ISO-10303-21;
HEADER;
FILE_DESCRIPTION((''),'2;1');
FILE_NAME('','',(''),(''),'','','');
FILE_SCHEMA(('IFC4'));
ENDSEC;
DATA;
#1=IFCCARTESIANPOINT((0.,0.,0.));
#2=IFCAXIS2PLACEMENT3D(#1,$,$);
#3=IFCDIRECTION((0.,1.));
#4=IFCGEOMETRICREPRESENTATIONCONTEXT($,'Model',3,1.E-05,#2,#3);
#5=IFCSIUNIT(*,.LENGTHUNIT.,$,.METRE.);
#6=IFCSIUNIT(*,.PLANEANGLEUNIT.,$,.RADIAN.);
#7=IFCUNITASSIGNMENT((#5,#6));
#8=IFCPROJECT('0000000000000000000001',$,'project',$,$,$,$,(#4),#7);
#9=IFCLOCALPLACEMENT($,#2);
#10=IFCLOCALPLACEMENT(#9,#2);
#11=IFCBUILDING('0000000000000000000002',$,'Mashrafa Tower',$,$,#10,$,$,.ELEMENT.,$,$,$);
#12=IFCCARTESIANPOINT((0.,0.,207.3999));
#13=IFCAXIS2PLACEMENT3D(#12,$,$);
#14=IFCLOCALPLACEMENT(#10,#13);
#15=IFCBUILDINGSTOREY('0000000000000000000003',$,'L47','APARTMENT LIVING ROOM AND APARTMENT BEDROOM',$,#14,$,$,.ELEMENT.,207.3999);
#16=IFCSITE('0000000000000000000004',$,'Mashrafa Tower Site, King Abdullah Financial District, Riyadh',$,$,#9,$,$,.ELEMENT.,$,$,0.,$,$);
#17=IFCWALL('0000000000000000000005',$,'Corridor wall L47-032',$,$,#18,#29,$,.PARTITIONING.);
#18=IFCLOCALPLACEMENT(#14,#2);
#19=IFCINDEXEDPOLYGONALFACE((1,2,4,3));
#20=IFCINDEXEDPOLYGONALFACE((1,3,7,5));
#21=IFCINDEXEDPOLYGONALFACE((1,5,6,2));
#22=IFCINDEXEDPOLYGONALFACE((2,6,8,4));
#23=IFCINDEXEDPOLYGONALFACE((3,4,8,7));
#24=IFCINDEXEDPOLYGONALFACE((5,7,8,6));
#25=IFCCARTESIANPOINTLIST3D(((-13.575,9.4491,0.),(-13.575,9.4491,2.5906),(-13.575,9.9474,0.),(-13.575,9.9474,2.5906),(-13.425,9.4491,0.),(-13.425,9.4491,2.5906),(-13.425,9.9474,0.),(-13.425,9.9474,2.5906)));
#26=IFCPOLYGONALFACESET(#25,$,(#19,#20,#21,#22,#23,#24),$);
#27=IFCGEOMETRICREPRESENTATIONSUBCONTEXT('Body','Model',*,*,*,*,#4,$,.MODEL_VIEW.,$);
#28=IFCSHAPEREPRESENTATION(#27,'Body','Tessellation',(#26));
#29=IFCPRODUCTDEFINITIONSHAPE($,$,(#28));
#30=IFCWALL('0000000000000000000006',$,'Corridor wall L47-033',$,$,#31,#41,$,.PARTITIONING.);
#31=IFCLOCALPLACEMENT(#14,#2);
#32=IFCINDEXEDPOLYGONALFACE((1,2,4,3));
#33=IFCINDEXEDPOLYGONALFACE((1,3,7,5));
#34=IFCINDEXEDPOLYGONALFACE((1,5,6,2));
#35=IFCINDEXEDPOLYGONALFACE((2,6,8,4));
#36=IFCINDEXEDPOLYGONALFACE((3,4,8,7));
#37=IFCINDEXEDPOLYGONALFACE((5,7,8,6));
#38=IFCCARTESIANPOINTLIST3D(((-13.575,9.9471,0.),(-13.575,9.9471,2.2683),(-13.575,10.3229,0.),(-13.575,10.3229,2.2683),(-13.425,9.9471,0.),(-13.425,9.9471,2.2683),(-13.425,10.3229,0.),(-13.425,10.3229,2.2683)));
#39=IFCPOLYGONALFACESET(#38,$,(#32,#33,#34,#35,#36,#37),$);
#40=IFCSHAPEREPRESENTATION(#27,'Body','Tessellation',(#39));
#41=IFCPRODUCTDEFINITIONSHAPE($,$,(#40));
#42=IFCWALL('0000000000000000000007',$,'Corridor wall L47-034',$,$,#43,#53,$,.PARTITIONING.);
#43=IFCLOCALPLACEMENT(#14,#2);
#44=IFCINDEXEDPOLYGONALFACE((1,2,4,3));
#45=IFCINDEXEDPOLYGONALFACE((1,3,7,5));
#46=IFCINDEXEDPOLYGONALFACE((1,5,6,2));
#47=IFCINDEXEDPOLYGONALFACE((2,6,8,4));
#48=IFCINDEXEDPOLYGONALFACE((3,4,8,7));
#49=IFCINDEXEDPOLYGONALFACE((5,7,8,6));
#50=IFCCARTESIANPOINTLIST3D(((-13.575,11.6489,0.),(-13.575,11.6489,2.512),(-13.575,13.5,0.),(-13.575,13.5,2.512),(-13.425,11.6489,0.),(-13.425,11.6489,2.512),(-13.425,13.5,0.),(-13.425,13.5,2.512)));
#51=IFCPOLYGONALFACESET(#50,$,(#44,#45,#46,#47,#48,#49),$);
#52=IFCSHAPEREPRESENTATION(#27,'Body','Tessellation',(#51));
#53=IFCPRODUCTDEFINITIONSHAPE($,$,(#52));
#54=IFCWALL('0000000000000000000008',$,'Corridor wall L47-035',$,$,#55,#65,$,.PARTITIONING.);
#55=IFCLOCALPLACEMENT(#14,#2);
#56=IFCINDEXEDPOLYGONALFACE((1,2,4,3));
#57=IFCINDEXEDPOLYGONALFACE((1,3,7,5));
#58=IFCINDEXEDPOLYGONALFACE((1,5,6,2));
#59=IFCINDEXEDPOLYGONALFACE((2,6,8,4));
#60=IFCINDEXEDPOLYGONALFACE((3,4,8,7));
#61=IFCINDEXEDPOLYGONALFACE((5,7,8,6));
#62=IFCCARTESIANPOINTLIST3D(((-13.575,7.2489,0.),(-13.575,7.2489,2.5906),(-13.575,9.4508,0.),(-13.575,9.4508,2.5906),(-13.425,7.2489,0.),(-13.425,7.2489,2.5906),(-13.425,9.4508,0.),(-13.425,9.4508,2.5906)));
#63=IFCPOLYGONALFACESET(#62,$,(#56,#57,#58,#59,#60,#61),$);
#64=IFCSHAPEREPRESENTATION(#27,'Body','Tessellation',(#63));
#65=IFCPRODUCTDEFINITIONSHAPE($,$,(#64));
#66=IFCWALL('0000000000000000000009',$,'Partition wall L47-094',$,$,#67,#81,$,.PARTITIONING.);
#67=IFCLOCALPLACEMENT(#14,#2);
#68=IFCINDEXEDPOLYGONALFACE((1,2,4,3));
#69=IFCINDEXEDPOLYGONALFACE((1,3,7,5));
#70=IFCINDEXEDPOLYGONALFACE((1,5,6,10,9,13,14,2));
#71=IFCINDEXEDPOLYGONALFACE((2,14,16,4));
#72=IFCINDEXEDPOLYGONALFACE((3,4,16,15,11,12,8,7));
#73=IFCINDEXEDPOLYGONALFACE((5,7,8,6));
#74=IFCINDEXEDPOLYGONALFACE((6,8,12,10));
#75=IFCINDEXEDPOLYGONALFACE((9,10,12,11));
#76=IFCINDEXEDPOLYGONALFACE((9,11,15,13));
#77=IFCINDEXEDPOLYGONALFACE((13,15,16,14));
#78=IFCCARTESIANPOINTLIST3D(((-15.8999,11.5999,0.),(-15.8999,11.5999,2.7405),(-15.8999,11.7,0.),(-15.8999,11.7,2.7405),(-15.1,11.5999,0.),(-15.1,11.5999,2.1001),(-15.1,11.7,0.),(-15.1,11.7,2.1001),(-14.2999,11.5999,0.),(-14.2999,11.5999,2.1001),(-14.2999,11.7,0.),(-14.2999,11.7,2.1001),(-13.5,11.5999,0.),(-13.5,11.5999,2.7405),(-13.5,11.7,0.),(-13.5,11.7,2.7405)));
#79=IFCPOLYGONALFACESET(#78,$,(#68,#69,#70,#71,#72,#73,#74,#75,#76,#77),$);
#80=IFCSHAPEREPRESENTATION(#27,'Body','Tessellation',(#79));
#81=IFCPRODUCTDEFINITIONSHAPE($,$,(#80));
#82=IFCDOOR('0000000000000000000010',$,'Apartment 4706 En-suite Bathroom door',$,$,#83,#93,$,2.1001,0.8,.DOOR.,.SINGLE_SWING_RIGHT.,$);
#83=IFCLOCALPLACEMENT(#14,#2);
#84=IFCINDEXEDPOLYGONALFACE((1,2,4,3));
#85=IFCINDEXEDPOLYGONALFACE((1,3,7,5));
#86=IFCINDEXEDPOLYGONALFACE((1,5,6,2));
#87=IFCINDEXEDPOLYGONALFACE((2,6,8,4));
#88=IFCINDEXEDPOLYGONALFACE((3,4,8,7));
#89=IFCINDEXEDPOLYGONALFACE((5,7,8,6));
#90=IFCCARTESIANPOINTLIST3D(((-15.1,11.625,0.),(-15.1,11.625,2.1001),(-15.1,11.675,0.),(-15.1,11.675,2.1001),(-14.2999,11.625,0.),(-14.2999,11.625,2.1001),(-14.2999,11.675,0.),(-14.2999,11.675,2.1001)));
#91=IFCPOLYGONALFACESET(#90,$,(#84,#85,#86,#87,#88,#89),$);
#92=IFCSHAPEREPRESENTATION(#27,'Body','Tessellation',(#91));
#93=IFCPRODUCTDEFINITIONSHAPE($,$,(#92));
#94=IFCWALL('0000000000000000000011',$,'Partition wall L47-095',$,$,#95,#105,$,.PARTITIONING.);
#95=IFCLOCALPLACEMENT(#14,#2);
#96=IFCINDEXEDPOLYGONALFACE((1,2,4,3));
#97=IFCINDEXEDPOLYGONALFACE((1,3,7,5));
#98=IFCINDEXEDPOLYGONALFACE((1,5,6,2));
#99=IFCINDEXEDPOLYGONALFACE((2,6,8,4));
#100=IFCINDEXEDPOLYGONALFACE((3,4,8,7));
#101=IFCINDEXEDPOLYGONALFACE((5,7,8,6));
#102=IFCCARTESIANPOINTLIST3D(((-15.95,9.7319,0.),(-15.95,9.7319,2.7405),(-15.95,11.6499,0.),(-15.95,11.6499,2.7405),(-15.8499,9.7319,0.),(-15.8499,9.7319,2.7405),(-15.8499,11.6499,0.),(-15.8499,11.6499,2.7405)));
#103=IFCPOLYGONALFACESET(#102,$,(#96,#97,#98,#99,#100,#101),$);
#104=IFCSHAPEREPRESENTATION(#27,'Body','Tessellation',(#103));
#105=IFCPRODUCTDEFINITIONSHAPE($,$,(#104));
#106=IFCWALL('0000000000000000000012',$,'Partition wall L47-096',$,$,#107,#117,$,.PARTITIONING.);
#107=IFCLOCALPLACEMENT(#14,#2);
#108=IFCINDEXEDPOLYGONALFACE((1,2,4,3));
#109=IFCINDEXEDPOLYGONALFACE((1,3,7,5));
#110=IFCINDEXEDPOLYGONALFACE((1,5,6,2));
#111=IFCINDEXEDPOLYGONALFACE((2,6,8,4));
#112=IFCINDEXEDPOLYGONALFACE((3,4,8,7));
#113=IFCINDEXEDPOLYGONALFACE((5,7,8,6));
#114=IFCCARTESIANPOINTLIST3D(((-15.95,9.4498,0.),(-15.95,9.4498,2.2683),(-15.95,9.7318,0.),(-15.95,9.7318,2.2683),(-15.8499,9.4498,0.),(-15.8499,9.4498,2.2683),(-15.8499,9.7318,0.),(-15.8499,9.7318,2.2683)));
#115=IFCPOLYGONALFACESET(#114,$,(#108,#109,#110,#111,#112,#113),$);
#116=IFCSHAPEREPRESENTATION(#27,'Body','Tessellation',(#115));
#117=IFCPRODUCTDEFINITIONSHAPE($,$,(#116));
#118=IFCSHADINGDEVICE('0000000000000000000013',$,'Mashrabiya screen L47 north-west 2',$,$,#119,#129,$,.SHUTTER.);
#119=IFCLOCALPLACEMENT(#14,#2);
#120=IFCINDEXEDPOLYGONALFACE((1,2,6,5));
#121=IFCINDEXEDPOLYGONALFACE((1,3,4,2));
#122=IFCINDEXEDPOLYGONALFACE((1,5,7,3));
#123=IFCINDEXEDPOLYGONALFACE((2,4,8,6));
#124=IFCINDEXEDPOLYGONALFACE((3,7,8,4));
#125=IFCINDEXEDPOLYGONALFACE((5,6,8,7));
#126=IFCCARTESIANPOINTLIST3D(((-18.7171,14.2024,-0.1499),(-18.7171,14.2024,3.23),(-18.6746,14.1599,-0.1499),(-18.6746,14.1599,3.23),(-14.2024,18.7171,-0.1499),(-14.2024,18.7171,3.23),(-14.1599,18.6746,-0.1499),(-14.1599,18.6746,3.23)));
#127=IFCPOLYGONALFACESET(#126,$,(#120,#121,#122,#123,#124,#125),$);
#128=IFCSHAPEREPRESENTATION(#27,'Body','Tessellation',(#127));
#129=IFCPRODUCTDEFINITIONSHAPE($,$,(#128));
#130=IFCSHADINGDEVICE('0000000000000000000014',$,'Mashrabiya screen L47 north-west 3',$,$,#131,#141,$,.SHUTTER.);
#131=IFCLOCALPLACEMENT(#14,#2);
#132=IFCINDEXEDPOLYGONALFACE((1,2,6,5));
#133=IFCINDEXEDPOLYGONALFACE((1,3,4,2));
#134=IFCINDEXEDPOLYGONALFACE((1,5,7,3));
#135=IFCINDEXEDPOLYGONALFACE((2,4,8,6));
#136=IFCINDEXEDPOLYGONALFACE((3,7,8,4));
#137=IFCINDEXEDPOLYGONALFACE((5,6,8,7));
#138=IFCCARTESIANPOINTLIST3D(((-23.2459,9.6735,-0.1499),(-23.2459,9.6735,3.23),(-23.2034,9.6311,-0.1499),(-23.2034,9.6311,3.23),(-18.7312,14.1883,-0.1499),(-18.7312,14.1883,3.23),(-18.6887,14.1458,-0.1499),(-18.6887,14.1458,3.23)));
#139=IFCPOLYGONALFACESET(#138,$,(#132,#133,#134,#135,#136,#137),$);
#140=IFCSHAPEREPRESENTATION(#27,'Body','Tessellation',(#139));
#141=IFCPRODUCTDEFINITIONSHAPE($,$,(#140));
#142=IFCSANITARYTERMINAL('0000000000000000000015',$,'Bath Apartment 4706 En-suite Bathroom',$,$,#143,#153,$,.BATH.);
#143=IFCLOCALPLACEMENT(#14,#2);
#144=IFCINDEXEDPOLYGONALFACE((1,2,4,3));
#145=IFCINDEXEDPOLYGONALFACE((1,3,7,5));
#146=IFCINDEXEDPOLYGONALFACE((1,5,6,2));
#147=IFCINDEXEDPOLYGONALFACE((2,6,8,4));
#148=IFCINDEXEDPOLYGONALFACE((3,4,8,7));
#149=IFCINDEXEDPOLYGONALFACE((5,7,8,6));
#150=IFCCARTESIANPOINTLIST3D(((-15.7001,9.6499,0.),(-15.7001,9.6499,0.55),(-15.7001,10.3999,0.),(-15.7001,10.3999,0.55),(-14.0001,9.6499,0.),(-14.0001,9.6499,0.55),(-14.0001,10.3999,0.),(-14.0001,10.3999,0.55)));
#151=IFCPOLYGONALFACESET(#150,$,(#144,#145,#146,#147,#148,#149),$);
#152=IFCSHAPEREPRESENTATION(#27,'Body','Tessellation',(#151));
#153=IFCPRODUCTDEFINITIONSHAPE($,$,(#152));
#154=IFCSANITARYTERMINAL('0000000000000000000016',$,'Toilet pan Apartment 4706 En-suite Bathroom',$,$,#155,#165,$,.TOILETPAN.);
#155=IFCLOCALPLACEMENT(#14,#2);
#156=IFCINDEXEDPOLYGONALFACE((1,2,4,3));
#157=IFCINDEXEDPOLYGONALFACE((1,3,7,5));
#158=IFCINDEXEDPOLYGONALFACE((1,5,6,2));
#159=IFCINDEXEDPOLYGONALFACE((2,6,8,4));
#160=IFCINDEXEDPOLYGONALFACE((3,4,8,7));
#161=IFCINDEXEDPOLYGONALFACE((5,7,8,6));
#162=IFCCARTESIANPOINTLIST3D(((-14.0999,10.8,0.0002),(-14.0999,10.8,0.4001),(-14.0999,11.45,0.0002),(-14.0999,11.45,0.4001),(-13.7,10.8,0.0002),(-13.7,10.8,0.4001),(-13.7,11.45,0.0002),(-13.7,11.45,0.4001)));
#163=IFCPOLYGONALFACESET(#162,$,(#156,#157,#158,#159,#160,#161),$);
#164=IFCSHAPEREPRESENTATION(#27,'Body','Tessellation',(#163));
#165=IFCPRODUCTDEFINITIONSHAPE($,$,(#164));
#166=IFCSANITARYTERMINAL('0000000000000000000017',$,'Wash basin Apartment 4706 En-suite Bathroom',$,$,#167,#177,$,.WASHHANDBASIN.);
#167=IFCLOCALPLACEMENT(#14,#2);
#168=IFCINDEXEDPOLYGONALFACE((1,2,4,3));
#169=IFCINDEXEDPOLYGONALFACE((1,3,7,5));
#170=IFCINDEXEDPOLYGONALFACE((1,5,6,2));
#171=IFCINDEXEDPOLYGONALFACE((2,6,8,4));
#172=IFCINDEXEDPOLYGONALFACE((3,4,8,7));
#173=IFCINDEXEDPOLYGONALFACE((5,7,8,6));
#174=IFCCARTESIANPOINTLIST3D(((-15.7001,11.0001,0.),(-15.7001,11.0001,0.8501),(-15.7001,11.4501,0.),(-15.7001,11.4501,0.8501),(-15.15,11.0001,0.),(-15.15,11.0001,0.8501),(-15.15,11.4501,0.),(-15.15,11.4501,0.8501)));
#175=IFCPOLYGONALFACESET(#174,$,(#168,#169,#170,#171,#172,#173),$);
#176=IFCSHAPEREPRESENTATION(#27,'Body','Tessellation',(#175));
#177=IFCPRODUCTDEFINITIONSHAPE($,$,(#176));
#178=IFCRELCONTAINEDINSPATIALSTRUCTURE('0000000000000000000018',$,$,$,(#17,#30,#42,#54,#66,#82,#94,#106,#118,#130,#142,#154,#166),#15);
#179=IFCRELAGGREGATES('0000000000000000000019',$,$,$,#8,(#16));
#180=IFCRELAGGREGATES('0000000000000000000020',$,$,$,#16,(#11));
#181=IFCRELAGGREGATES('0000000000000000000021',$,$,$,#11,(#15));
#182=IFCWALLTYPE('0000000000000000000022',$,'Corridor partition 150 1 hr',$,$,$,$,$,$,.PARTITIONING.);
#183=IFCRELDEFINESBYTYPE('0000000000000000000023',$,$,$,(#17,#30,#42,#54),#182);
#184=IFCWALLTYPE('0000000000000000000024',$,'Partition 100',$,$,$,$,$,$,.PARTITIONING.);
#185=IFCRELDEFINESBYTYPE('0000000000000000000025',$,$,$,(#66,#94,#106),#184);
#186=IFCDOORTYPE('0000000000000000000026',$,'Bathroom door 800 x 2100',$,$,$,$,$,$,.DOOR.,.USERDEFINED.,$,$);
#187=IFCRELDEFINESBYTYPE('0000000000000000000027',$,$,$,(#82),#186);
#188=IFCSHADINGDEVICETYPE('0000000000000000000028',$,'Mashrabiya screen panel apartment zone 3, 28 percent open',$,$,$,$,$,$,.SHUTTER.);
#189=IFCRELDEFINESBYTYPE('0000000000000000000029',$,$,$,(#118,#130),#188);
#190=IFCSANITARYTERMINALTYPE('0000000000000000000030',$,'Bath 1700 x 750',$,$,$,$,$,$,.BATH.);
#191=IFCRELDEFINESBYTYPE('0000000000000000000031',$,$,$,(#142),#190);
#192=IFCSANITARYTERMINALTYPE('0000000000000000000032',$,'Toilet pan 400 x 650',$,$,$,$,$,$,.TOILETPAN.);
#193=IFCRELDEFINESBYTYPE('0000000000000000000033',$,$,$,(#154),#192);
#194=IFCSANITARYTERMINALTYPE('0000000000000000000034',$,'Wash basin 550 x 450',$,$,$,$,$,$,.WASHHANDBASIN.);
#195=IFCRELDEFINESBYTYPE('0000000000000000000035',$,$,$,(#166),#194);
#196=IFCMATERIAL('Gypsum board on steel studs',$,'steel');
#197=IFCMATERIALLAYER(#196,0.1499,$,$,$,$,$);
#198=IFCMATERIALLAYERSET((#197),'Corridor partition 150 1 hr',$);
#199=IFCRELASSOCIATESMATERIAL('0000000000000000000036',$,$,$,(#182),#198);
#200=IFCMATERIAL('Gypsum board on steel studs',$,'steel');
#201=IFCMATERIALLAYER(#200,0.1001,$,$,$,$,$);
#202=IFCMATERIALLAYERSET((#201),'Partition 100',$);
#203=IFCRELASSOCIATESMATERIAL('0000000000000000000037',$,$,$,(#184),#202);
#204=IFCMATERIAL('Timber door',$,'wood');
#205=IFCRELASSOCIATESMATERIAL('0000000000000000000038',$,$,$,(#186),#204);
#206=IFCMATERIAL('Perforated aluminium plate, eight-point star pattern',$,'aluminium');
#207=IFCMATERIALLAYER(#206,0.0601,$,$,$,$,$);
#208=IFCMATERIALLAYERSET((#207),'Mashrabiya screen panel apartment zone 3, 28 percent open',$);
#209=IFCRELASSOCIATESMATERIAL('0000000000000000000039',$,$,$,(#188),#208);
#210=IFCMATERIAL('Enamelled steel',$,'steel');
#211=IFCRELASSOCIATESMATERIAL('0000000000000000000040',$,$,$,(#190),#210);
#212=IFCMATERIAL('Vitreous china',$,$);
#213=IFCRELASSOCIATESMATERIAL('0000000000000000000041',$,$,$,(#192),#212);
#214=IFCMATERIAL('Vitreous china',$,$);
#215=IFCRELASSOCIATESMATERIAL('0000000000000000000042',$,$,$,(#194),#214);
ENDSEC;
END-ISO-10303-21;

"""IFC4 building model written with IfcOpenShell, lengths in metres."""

from ifc_helpers import new_model, si_unit, direction, frame, frame_2d, origin, origin_2d, place, context, subcontext, project, spatial, rectangle, extrude, source, transform, mapped, material, layer, layer_set, type_object, type_shapes, element, fill, save


model = new_model("IFC4")

# Units and contexts
model_context = context("Model", 3, precision=1e-05, world=origin(), true_north=direction((0.0, 1.0)))
body_context = subcontext(model_context, "Body", "Model", "MODEL_VIEW")
ifc_project = project(units=[si_unit("LENGTHUNIT", "METRE"), si_unit("PLANEANGLEUNIT", "RADIAN")], contexts=[model_context])

# Site, building, storey
site_placement = place(None, origin())
site = spatial("IfcSite", under=ifc_project, at=site_placement, Name="Mashrafa Tower Site, King Abdullah Financial District, Riyadh", CompositionType="ELEMENT", RefElevation=0.0)
building_placement = place(site_placement, origin())
building = spatial("IfcBuilding", under=site, at=building_placement, Name="Mashrafa Tower", CompositionType="ELEMENT")
storey_placement = place(building_placement, frame((0.0, 0.0, 207.3999)))
storey = spatial("IfcBuildingStorey", under=building, at=storey_placement, Name="L47", Description="APARTMENT LIVING ROOM AND APARTMENT BEDROOM", CompositionType="ELEMENT", Elevation=207.3999)

# Walls
ifc_material_1 = material(Name="Gypsum board on steel studs", Category="steel")
ifc_layer_1 = layer(ifc_material_1, 0.1499)
ifc_layer_set_1 = layer_set([ifc_layer_1], Name="Corridor partition 150 1 hr")
wall_type_1 = type_object("IfcWallType", Name="Corridor partition 150 1 hr", PredefinedType="PARTITIONING", material=ifc_layer_set_1)
wall_1_placement = place(storey_placement, frame((-13.5, 9.9473, 0.0), z_axis=(0.0, 0.0, 1.0), x_axis=(0.0, -1.0, 0.0)))
element("IfcWall", 1, at=wall_1_placement, inside=storey, type_object=wall_type_1, Name="Corridor wall L47-032", PredefinedType="PARTITIONING", context=body_context, shape_type="SweptSolid", body=[
    extrude(rectangle(XDim=0.4983, YDim=0.1499, at=frame_2d((0.249, 0.0))), origin(), (0.0, 0.0, 1.0), 2.5906),
])
wall_2_placement = place(storey_placement, frame((-13.5, 10.323, 0.0), z_axis=(0.0, 0.0, 1.0), x_axis=(0.0, -1.0, 0.0)))
element("IfcWall", 2, at=wall_2_placement, inside=storey, type_object=wall_type_1, Name="Corridor wall L47-033", PredefinedType="PARTITIONING", context=body_context, shape_type="SweptSolid", body=[
    extrude(rectangle(XDim=0.3757, YDim=0.1499, at=frame_2d((0.188, 0.0))), origin(), (0.0, 0.0, 1.0), 2.2683),
])
wall_3_placement = place(storey_placement, frame((-13.5, 13.5, 0.0), z_axis=(0.0, 0.0, 1.0), x_axis=(0.0, -1.0, 0.0)))
element("IfcWall", 3, at=wall_3_placement, inside=storey, type_object=wall_type_1, Name="Corridor wall L47-034", PredefinedType="PARTITIONING", context=body_context, shape_type="SweptSolid", body=[
    extrude(rectangle(XDim=1.8511, YDim=0.1499, at=frame_2d((0.9255, 0.0))), origin(), (0.0, 0.0, 1.0), 2.512),
])
wall_4_placement = place(storey_placement, frame((-13.5, 9.4509, 0.0), z_axis=(0.0, 0.0, 1.0), x_axis=(0.0, -1.0, 0.0)))
element("IfcWall", 4, at=wall_4_placement, inside=storey, type_object=wall_type_1, Name="Corridor wall L47-035", PredefinedType="PARTITIONING", context=body_context, shape_type="SweptSolid", body=[
    extrude(rectangle(XDim=2.2019, YDim=0.1499, at=frame_2d((1.1011, 0.0))), origin(), (0.0, 0.0, 1.0), 2.5906),
])

# Wall, opening, door
ifc_material_2 = material(Name="Gypsum board on steel studs", Category="steel")
ifc_layer_2 = layer(ifc_material_2, 0.1001)
ifc_layer_set_2 = layer_set([ifc_layer_2], Name="Partition 100")
wall_type_2 = type_object("IfcWallType", Name="Partition 100", PredefinedType="PARTITIONING", material=ifc_layer_set_2)
wall_5_placement = place(storey_placement, frame((-13.5, 11.6499, 0.0), z_axis=(0.0, 0.0, 1.0), x_axis=(-1.0, 0.0, 0.0)))
wall_5 = element("IfcWall", 5, at=wall_5_placement, inside=storey, type_object=wall_type_2, Name="Partition wall L47-094", PredefinedType="PARTITIONING", context=body_context, shape_type="SweptSolid", body=[
    extrude(rectangle(XDim=2.3999, YDim=0.1001, at=frame_2d((1.2, 0.0))), origin(), (0.0, 0.0, 1.0), 2.7405),
])
opening_placement = place(wall_5_placement, frame((0.8, 0.0, 0.0)))
opening = element("IfcOpeningElement", 6, at=opening_placement, cuts=wall_5, PredefinedType="OPENING", context=body_context, shape_type="SweptSolid", body=[
    extrude(rectangle(XDim=0.8, YDim=2.1001, at=frame_2d((0.3999, 1.05))), frame((0.0, 0.0601, 0.0), z_axis=(0.0, -1.0, 0.0), x_axis=(1.0, 0.0, 0.0)), (0.0, 0.0, 1.0), 0.1201),
])
ifc_material_3 = material(Name="Timber door", Category="wood")
door_type = type_object("IfcDoorType", Name="Bathroom door 800 x 2100", OperationType="USERDEFINED", PredefinedType="DOOR", material=ifc_material_3)
door_placement = place(opening_placement, origin())
door = element("IfcDoor", 7, at=door_placement, inside=storey, type_object=door_type, Name="Apartment 4706 En-suite Bathroom door", OperationType="SINGLE_SWING_RIGHT", OverallHeight=2.1001, OverallWidth=0.8, PredefinedType="DOOR", context=body_context, shape_type="SweptSolid", body=[
    extrude(rectangle(XDim=0.8, YDim=2.1001, at=frame_2d((0.3999, 1.05))), frame((0.0, 0.0249, 0.0), z_axis=(0.0, -1.0, 0.0), x_axis=(1.0, 0.0, 0.0)), (0.0, 0.0, 1.0), 0.05),
])
fill(opening, door)

# Walls
wall_6_placement = place(storey_placement, frame((-15.8999, 11.6499, 0.0), z_axis=(0.0, 0.0, 1.0), x_axis=(0.0, -1.0, 0.0)))
element("IfcWall", 8, at=wall_6_placement, inside=storey, type_object=wall_type_2, Name="Partition wall L47-095", PredefinedType="PARTITIONING", context=body_context, shape_type="SweptSolid", body=[
    extrude(rectangle(XDim=1.918, YDim=0.1001, at=frame_2d((0.959, 0.0))), origin(), (0.0, 0.0, 1.0), 2.7405),
])
wall_7_placement = place(storey_placement, frame((-15.8999, 9.7319, 0.0), z_axis=(0.0, 0.0, 1.0), x_axis=(0.0, -1.0, 0.0)))
element("IfcWall", 9, at=wall_7_placement, inside=storey, type_object=wall_type_2, Name="Partition wall L47-096", PredefinedType="PARTITIONING", context=body_context, shape_type="SweptSolid", body=[
    extrude(rectangle(XDim=0.282, YDim=0.1001, at=frame_2d((0.1411, 0.0))), origin(), (0.0, 0.0, 1.0), 2.2683),
])

# Shading devices
ifc_material_4 = material(Name="Perforated aluminium plate, eight-point star pattern", Category="aluminium")
ifc_layer_3 = layer(ifc_material_4, 0.0601)
ifc_layer_set_3 = layer_set([ifc_layer_3], Name="Mashrabiya screen panel apartment zone 3, 28 percent open")
shading_device_type = type_object("IfcShadingDeviceType", Name="Mashrabiya screen panel apartment zone 3, 28 percent open", PredefinedType="SHUTTER", material=ifc_layer_set_3)
shared_shape_1 = source(origin(), body_context, "Body", "SweptSolid", [
    extrude(rectangle(XDim=6.3848, YDim=0.0601, at=origin_2d()), origin(), (0.0, 0.0, 1.0), 3.3799),
])
type_shapes(shading_device_type, [shared_shape_1])
for number, where, z_axis, x_axis, name in (
    (10, (-16.4385, 16.4385, -0.1499), (0.0, 0.0, 1.0), (-0.707107, -0.707107, 0.0), "Mashrabiya screen L47 north-west 2"),
    (11, (-20.9673, 11.9097, -0.1499), (0.0, 0.0, 1.0), (-0.707107, -0.707107, 0.0), "Mashrabiya screen L47 north-west 3"),
):
    element("IfcShadingDevice", number, at=place(storey_placement, frame(where, z_axis=z_axis, x_axis=x_axis)), inside=storey, type_object=shading_device_type, Name=name, PredefinedType="SHUTTER", context=body_context, shape_type="MappedRepresentation", body=[
        mapped(shared_shape_1, transform((0.0, 0.0, 0.0))),
    ])

# Sanitary terminals
ifc_material_5 = material(Name="Enamelled steel", Category="steel")
sanitary_terminal_type_1 = type_object("IfcSanitaryTerminalType", Name="Bath 1700 x 750", PredefinedType="BATH", material=ifc_material_5)
sanitary_terminal_1_placement = place(storey_placement, frame((-14.8501, 10.0249, 0.0), z_axis=(0.0, 0.0, 1.0), x_axis=(1.0, 0.0, 0.0)))
element("IfcSanitaryTerminal", 12, at=sanitary_terminal_1_placement, inside=storey, type_object=sanitary_terminal_type_1, Name="Bath Apartment 4706 En-suite Bathroom", PredefinedType="BATH", context=body_context, shape_type="SweptSolid", body=[
    extrude(rectangle(XDim=1.7, YDim=0.75, at=origin_2d()), origin(), (0.0, 0.0, 1.0), 0.55),
])
ifc_material_6 = material(Name="Vitreous china")
sanitary_terminal_type_2 = type_object("IfcSanitaryTerminalType", Name="Toilet pan 400 x 650", PredefinedType="TOILETPAN", material=ifc_material_6)
sanitary_terminal_2_placement = place(storey_placement, frame((-13.8999, 11.125, 0.0002), z_axis=(0.0, 0.0, 1.0), x_axis=(-1.0, 0.0, 0.0)))
element("IfcSanitaryTerminal", 13, at=sanitary_terminal_2_placement, inside=storey, type_object=sanitary_terminal_type_2, Name="Toilet pan Apartment 4706 En-suite Bathroom", PredefinedType="TOILETPAN", context=body_context, shape_type="SweptSolid", body=[
    extrude(rectangle(XDim=0.3999, YDim=0.6499, at=origin_2d()), origin(), (0.0, 0.0, 1.0), 0.3999),
])
ifc_material_7 = material(Name="Vitreous china")
sanitary_terminal_type_3 = type_object("IfcSanitaryTerminalType", Name="Wash basin 550 x 450", PredefinedType="WASHHANDBASIN", material=ifc_material_7)
sanitary_terminal_3_placement = place(storey_placement, frame((-15.425, 11.2251, 0.0), z_axis=(0.0, 0.0, 1.0), x_axis=(-1.0, 0.0, 0.0)))
element("IfcSanitaryTerminal", 14, at=sanitary_terminal_3_placement, inside=storey, type_object=sanitary_terminal_type_3, Name="Wash basin Apartment 4706 En-suite Bathroom", PredefinedType="WASHHANDBASIN", context=body_context, shape_type="SweptSolid", body=[
    extrude(rectangle(XDim=0.55, YDim=0.45, at=origin_2d()), origin(), (0.0, 0.0, 1.0), 0.8501),
])

save(model, "model.ifc")
